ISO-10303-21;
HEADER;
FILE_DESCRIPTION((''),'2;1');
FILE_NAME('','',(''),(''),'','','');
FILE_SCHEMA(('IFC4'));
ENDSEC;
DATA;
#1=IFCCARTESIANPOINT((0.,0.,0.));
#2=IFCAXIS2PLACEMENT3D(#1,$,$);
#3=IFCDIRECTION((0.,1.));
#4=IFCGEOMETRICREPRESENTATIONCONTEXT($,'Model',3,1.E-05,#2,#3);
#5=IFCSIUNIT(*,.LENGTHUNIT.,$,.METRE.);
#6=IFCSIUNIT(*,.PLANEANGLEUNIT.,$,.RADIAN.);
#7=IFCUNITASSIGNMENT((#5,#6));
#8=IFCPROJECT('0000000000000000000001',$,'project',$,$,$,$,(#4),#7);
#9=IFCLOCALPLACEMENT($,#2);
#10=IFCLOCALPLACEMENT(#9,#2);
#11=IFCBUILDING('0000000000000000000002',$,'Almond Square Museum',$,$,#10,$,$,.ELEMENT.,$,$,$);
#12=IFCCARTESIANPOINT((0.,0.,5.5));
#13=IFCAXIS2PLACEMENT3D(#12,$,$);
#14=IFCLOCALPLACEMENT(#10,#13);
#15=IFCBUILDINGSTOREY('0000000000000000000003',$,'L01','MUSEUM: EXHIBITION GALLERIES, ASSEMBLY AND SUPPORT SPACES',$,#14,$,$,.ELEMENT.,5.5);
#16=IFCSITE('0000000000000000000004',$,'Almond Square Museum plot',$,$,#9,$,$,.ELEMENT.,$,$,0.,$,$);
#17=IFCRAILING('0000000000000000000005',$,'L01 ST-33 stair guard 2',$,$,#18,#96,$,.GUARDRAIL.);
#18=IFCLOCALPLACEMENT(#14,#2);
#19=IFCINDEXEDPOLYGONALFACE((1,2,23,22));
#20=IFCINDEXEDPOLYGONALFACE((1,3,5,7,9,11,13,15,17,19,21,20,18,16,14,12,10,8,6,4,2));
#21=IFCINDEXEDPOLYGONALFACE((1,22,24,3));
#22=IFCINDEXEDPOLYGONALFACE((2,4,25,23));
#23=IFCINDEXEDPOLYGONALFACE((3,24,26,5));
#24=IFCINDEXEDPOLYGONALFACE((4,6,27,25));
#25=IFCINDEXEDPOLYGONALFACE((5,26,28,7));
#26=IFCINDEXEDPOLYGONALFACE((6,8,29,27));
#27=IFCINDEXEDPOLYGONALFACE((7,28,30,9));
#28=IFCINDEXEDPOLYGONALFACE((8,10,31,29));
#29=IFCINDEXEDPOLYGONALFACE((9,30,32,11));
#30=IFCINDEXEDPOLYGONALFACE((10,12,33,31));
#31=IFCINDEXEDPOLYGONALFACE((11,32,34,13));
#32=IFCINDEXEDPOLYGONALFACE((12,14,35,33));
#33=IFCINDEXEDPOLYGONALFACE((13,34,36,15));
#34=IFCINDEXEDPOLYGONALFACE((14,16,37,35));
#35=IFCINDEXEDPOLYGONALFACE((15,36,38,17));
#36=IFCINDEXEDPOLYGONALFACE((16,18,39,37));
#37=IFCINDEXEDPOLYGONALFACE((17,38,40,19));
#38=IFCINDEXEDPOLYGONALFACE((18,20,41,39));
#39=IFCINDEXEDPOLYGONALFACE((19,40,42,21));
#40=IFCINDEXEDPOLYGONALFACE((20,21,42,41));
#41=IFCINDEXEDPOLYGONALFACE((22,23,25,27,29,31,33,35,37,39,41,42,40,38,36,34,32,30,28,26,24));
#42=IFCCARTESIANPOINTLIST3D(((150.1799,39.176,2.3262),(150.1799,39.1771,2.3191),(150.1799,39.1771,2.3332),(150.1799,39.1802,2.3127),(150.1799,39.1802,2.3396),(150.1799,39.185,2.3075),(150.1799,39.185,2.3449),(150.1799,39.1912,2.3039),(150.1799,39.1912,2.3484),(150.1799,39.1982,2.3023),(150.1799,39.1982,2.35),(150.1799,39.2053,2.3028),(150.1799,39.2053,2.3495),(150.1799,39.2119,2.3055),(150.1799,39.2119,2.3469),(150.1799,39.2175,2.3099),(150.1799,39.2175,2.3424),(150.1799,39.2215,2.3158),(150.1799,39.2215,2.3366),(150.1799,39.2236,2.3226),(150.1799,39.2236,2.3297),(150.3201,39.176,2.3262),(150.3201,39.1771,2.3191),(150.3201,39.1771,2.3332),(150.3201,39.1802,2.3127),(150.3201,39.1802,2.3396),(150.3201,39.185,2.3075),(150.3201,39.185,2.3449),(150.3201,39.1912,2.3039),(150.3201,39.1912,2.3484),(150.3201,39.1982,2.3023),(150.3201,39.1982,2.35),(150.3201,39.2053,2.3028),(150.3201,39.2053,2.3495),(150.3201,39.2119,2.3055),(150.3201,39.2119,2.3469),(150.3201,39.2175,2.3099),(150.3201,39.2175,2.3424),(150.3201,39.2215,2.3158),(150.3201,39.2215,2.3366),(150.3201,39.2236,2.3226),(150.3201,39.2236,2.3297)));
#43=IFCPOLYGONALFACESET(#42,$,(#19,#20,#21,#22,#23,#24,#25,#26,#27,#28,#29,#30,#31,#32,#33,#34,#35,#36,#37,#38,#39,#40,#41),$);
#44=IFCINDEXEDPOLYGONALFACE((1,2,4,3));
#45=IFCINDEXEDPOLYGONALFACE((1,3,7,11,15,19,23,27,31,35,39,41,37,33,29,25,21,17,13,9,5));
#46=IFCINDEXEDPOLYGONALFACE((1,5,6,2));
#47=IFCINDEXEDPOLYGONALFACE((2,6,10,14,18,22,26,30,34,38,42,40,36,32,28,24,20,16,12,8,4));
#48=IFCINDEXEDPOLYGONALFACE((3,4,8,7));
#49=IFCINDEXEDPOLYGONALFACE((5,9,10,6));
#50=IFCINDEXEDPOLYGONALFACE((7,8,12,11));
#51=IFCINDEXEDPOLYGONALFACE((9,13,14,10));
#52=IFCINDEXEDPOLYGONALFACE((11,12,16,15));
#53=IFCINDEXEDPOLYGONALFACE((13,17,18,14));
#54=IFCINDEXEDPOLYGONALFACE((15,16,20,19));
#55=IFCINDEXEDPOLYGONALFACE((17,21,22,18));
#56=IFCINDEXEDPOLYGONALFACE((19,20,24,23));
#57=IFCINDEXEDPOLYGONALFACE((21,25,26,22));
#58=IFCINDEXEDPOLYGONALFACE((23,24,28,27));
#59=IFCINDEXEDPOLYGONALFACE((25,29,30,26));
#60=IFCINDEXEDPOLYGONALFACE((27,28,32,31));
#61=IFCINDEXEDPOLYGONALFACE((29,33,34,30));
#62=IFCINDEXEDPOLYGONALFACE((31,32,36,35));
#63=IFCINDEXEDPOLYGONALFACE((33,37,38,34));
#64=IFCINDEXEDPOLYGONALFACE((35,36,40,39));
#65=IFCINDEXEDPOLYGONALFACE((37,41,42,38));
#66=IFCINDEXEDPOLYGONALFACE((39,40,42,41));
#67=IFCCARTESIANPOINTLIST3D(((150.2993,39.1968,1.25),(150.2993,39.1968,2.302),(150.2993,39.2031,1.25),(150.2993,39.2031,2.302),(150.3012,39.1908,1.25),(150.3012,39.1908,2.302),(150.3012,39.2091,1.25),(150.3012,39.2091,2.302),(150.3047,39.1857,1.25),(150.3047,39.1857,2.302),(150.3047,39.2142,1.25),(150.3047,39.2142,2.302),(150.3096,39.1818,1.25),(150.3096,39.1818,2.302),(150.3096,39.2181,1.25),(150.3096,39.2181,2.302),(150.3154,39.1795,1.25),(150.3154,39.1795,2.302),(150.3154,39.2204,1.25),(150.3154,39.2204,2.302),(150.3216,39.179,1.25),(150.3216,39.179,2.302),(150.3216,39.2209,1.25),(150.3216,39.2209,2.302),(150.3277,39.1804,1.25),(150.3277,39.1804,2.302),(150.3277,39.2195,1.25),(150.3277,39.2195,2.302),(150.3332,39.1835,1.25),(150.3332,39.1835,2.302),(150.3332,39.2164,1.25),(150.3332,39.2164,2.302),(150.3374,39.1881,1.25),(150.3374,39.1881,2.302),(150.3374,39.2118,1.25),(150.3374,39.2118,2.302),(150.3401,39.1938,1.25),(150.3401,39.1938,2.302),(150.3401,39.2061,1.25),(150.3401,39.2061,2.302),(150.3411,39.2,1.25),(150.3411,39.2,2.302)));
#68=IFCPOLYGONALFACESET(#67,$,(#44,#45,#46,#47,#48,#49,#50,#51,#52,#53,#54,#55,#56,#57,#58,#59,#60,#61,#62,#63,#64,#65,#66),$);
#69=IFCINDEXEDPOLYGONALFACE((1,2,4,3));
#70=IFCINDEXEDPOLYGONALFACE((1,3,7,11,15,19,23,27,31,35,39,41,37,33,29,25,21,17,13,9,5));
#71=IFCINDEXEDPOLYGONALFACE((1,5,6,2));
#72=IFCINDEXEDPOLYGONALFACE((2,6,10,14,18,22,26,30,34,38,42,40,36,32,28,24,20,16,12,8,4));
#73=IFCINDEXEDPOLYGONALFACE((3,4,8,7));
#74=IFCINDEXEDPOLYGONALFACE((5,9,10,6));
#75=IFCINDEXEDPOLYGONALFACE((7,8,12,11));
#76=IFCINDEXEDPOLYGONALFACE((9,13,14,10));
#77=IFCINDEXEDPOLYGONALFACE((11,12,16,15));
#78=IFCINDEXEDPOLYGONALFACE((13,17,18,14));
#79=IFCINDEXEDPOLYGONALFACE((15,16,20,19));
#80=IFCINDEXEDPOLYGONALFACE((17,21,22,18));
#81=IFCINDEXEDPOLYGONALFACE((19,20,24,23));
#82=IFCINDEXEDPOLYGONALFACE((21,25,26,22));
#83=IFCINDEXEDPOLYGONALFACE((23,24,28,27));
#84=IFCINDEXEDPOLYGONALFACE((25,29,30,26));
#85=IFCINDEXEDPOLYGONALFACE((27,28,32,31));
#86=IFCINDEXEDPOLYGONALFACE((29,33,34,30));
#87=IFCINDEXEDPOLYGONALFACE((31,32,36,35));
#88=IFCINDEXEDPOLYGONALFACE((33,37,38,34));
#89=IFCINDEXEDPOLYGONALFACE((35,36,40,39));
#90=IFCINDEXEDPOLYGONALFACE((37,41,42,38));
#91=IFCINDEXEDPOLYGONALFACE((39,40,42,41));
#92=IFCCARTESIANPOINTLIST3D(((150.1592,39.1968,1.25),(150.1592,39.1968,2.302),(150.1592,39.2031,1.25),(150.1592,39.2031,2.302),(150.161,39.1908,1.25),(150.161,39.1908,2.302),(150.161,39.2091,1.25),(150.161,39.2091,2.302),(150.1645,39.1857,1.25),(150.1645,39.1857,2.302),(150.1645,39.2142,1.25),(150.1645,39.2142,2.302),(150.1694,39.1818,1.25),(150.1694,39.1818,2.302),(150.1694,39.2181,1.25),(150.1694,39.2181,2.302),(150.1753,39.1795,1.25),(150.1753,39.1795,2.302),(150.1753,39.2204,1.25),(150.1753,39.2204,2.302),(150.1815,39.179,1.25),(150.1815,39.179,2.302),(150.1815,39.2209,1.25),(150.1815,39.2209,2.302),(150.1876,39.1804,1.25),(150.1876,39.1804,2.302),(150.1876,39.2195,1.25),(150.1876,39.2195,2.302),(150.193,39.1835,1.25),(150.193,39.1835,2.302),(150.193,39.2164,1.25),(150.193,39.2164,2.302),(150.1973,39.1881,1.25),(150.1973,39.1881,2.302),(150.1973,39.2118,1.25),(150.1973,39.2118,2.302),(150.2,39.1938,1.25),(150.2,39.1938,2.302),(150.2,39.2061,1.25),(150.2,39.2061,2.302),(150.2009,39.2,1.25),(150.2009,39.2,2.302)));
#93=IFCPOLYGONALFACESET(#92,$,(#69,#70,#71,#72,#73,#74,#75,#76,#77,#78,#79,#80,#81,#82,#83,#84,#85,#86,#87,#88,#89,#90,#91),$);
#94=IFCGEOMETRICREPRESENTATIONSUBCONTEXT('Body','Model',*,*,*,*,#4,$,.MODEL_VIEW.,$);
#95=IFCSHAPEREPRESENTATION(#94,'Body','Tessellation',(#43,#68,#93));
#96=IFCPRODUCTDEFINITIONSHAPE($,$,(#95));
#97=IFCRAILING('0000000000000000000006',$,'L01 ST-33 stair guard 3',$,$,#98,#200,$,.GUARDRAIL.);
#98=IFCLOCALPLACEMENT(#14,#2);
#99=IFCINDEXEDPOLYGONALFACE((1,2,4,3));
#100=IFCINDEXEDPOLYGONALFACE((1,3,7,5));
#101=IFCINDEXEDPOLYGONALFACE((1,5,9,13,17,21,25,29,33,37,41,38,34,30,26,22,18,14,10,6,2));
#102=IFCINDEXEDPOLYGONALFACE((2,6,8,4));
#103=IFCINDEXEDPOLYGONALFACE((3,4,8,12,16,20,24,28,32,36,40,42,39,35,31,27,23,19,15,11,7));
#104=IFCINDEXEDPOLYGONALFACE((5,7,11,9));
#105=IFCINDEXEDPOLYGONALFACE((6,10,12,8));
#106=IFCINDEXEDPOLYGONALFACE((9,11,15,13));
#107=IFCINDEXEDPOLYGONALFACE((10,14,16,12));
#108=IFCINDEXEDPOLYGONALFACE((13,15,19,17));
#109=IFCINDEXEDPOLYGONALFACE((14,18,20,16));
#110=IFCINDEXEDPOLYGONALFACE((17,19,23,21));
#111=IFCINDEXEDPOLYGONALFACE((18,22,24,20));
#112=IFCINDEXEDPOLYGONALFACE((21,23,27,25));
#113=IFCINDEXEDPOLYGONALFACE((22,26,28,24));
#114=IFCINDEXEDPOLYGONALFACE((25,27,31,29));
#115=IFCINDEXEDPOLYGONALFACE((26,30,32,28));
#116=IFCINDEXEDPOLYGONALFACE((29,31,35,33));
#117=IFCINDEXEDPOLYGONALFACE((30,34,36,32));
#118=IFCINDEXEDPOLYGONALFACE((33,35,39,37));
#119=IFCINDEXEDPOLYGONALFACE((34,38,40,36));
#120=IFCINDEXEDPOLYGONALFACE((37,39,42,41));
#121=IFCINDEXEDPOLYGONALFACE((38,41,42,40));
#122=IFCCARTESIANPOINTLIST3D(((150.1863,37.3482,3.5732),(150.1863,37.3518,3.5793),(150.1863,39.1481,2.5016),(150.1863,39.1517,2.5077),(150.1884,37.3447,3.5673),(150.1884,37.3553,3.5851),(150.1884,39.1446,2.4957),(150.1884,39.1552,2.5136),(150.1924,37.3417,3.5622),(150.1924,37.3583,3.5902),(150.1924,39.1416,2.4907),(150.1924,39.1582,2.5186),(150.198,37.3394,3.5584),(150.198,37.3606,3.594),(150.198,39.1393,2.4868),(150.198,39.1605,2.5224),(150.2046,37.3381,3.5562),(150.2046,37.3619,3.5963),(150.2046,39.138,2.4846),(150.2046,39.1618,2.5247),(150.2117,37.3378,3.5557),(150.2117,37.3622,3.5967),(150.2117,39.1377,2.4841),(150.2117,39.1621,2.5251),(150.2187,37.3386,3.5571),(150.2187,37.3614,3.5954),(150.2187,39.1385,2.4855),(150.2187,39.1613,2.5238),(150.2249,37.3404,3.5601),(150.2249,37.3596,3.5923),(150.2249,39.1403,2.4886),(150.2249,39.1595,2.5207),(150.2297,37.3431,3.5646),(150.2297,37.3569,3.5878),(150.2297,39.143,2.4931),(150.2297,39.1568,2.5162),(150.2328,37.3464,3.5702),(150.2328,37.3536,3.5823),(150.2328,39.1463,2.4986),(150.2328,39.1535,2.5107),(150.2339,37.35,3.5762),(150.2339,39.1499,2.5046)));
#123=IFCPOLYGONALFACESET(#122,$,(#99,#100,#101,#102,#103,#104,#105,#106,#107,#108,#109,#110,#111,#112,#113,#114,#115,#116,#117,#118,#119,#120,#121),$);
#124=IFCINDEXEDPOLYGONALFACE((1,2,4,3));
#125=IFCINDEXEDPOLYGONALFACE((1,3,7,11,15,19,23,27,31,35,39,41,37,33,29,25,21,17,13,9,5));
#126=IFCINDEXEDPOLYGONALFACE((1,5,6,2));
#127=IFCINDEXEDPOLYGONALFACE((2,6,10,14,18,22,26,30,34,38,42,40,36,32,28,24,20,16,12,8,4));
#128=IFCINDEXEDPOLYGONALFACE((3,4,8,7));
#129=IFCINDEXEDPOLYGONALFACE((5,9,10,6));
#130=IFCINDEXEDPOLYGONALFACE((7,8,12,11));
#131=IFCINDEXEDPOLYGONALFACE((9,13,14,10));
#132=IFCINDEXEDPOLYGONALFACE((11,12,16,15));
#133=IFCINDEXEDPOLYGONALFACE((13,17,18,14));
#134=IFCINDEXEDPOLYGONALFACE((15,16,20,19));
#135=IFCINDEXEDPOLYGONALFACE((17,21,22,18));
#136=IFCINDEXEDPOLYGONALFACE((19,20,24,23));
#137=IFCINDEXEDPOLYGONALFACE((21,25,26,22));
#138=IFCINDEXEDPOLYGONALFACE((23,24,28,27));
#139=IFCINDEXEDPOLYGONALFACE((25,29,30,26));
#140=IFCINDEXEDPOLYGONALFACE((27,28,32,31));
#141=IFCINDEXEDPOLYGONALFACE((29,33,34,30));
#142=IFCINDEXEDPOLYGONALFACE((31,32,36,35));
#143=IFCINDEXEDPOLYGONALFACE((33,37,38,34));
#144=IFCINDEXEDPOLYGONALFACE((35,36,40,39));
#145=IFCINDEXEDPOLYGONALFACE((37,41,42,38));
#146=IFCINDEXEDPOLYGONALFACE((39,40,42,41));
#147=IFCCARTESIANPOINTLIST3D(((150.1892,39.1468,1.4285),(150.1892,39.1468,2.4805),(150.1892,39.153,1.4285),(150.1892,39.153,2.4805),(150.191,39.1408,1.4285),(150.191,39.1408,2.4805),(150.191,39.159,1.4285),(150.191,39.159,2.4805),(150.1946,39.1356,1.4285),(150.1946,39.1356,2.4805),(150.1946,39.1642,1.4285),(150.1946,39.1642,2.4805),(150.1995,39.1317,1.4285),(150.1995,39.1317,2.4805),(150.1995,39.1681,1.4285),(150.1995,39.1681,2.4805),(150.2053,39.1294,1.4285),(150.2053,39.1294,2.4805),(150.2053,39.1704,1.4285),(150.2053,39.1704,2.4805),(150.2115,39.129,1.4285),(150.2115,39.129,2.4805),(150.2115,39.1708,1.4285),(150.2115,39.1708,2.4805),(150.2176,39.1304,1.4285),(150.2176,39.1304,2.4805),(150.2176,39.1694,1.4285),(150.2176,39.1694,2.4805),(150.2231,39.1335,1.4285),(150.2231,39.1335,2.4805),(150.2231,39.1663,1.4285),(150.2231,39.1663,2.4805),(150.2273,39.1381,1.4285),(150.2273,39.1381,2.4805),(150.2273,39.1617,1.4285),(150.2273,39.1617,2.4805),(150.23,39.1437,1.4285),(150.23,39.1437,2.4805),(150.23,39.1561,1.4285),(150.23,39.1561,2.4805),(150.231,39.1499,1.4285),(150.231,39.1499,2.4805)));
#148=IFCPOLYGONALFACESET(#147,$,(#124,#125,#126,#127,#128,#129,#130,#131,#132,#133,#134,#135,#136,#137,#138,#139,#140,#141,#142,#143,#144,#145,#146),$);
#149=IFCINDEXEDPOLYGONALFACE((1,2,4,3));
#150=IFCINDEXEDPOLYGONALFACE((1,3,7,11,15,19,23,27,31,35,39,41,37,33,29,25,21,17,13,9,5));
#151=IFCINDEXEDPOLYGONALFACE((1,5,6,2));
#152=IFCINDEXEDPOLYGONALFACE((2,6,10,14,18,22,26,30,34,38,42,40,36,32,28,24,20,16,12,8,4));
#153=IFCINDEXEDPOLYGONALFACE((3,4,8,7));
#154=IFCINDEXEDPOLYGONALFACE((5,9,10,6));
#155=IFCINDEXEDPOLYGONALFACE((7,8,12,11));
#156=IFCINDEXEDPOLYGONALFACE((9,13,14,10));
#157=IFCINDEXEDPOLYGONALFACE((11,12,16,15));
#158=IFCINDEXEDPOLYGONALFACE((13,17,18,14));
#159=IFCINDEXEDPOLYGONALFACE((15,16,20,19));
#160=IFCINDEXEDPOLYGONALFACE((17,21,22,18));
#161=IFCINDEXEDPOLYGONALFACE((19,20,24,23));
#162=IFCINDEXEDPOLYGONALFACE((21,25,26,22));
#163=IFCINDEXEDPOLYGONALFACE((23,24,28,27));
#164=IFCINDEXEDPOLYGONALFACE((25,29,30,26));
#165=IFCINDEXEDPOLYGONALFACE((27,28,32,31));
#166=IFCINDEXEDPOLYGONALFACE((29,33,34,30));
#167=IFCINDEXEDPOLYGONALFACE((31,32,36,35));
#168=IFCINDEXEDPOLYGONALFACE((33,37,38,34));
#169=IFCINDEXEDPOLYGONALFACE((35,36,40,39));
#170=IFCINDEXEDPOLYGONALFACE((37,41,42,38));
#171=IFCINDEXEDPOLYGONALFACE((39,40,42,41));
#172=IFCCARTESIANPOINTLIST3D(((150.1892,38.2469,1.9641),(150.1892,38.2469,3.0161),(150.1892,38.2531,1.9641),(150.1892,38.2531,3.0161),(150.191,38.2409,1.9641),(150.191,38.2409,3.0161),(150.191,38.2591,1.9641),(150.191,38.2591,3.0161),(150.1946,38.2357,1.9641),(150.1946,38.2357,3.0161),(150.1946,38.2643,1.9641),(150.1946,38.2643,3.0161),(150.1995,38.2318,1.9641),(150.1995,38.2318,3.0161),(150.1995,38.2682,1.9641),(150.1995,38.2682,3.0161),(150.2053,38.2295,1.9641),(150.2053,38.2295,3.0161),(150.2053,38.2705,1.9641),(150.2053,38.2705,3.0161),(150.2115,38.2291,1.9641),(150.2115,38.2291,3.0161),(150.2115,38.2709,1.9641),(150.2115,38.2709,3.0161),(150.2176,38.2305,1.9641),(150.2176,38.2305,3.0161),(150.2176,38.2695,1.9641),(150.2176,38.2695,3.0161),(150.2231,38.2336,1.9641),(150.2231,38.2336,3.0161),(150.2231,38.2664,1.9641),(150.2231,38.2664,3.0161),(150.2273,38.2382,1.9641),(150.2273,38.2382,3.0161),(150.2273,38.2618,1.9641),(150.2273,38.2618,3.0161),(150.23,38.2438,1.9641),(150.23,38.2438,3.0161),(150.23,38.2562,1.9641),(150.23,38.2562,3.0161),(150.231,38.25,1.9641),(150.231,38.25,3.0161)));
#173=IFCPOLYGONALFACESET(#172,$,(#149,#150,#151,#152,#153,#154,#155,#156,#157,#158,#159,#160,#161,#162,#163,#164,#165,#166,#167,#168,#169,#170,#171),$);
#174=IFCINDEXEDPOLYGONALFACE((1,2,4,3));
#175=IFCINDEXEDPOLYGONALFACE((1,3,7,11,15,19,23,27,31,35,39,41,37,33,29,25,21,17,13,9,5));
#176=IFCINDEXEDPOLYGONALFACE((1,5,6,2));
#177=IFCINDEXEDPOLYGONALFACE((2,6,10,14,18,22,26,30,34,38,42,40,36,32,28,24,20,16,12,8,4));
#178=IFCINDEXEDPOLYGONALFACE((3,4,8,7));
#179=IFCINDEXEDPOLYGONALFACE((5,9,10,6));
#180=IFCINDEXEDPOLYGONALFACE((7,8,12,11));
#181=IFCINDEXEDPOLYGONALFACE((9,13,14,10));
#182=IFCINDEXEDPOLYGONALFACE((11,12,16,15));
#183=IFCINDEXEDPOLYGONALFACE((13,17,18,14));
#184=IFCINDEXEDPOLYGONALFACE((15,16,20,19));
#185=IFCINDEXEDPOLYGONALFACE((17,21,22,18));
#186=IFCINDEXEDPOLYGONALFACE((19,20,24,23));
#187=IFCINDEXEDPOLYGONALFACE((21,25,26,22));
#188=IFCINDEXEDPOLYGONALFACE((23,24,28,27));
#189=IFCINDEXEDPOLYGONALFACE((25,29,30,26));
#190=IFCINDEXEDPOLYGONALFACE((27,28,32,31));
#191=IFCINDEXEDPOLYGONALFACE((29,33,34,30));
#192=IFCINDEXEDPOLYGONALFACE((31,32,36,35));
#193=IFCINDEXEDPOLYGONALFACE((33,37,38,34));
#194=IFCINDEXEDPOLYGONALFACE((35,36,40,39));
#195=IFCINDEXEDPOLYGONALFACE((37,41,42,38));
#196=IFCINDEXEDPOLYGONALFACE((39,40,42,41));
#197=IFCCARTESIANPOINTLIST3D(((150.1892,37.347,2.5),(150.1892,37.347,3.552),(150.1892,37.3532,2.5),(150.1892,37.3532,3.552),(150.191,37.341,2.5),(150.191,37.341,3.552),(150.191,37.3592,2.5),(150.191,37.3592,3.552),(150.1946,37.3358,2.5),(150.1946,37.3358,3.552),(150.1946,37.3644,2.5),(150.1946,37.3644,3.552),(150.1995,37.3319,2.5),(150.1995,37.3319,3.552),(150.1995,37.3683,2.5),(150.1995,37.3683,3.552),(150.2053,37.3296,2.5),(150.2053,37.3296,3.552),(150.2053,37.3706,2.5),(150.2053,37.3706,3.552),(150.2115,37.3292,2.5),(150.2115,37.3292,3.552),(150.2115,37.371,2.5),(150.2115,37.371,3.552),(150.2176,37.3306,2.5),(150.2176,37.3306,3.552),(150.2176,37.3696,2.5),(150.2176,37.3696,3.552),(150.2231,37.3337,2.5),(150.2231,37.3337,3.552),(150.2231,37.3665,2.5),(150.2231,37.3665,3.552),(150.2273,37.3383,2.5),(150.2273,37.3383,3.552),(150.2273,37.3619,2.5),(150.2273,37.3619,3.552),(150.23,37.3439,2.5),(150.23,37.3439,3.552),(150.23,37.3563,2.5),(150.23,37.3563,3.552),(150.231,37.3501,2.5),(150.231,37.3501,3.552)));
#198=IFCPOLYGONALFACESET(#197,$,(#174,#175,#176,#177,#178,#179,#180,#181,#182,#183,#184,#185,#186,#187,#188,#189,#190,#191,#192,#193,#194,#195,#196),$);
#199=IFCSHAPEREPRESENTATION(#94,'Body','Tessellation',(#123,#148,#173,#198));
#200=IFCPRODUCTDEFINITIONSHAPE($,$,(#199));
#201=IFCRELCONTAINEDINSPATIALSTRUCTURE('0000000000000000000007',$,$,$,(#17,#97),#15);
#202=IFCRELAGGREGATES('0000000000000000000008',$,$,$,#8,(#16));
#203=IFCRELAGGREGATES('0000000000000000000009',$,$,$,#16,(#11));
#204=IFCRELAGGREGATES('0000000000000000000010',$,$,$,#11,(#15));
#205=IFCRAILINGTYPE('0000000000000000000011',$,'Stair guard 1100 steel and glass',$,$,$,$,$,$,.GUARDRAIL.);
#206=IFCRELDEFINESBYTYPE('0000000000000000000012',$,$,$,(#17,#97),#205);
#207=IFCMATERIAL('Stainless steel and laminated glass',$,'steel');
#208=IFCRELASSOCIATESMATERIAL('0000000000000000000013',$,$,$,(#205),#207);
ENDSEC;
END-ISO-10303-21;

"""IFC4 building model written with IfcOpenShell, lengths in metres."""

from ifc_helpers import new_model, si_unit, direction, frame, origin, origin_2d, place, context, subcontext, project, spatial, circle, extrude, material, type_object, element, save


model = new_model("IFC4")

# Units and contexts
model_context = context("Model", 3, precision=1e-05, world=origin(), true_north=direction((0.0, 1.0)))
body_context = subcontext(model_context, "Body", "Model", "MODEL_VIEW")
ifc_project = project(units=[si_unit("LENGTHUNIT", "METRE"), si_unit("PLANEANGLEUNIT", "RADIAN")], contexts=[model_context])

# Site, building, storey
site_placement = place(None, origin())
site = spatial("IfcSite", under=ifc_project, at=site_placement, Name="Almond Square Museum plot", CompositionType="ELEMENT", RefElevation=0.0)
building_placement = place(site_placement, origin())
building = spatial("IfcBuilding", under=site, at=building_placement, Name="Almond Square Museum", CompositionType="ELEMENT")
storey_placement = place(building_placement, frame((0.0, 0.0, 5.5)))
storey = spatial("IfcBuildingStorey", under=building, at=storey_placement, Name="L01", Description="MUSEUM: EXHIBITION GALLERIES, ASSEMBLY AND SUPPORT SPACES", CompositionType="ELEMENT", Elevation=5.5)

# Railings
ifc_material_1 = material(Name="Stainless steel and laminated glass", Category="steel")
railing_type_1 = type_object("IfcRailingType", Name="Stair guard 1100 steel and glass", PredefinedType="GUARDRAIL", material=ifc_material_1)
railing_1_placement = place(storey_placement, frame((150.3201, 39.2, 1.25)))
element("IfcRailing", 1, at=railing_1_placement, inside=storey, type_object=railing_type_1, Name="L01 ST-33 stair guard 2", PredefinedType="GUARDRAIL", context=body_context, shape_type="SweptSolid", body=[
    extrude(circle(Radius=0.0239, at=origin_2d()), frame((0.0, 0.0, 1.0762), z_axis=(-1.0, 0.0, 0.0), x_axis=(0.0, -1.0, 0.0)), (0.0, 0.0, 1.0), 0.1401),
    extrude(circle(Radius=0.021, at=origin_2d()), origin(), (0.0, 0.0, 1.0), 1.052),
    extrude(circle(Radius=0.021, at=origin_2d()), frame((-0.1401, 0.0, 0.0)), (0.0, 0.0, 1.0), 1.052),
])
railing_2_placement = place(storey_placement, frame((150.21, 39.1499, 1.4285)))
element("IfcRailing", 2, at=railing_2_placement, inside=storey, type_object=railing_type_1, Name="L01 ST-33 stair guard 3", PredefinedType="GUARDRAIL", context=body_context, shape_type="SweptSolid", body=[
    extrude(circle(Radius=0.0239, at=origin_2d()), frame((0.0, 0.0, 1.0762), z_axis=(0.0, -0.859247, 0.511562), x_axis=(1.0, 0.0, 0.0)), (0.0, 0.0, 1.0), 2.0947),
    extrude(circle(Radius=0.021, at=origin_2d()), origin(), (0.0, 0.0, 1.0), 1.052),
    extrude(circle(Radius=0.021, at=origin_2d()), frame((0.0, -0.8999, 0.5356)), (0.0, 0.0, 1.0), 1.052),
    extrude(circle(Radius=0.021, at=origin_2d()), frame((0.0, -1.7998, 1.0715)), (0.0, 0.0, 1.0), 1.052),
])

save(model, "model.ifc")
